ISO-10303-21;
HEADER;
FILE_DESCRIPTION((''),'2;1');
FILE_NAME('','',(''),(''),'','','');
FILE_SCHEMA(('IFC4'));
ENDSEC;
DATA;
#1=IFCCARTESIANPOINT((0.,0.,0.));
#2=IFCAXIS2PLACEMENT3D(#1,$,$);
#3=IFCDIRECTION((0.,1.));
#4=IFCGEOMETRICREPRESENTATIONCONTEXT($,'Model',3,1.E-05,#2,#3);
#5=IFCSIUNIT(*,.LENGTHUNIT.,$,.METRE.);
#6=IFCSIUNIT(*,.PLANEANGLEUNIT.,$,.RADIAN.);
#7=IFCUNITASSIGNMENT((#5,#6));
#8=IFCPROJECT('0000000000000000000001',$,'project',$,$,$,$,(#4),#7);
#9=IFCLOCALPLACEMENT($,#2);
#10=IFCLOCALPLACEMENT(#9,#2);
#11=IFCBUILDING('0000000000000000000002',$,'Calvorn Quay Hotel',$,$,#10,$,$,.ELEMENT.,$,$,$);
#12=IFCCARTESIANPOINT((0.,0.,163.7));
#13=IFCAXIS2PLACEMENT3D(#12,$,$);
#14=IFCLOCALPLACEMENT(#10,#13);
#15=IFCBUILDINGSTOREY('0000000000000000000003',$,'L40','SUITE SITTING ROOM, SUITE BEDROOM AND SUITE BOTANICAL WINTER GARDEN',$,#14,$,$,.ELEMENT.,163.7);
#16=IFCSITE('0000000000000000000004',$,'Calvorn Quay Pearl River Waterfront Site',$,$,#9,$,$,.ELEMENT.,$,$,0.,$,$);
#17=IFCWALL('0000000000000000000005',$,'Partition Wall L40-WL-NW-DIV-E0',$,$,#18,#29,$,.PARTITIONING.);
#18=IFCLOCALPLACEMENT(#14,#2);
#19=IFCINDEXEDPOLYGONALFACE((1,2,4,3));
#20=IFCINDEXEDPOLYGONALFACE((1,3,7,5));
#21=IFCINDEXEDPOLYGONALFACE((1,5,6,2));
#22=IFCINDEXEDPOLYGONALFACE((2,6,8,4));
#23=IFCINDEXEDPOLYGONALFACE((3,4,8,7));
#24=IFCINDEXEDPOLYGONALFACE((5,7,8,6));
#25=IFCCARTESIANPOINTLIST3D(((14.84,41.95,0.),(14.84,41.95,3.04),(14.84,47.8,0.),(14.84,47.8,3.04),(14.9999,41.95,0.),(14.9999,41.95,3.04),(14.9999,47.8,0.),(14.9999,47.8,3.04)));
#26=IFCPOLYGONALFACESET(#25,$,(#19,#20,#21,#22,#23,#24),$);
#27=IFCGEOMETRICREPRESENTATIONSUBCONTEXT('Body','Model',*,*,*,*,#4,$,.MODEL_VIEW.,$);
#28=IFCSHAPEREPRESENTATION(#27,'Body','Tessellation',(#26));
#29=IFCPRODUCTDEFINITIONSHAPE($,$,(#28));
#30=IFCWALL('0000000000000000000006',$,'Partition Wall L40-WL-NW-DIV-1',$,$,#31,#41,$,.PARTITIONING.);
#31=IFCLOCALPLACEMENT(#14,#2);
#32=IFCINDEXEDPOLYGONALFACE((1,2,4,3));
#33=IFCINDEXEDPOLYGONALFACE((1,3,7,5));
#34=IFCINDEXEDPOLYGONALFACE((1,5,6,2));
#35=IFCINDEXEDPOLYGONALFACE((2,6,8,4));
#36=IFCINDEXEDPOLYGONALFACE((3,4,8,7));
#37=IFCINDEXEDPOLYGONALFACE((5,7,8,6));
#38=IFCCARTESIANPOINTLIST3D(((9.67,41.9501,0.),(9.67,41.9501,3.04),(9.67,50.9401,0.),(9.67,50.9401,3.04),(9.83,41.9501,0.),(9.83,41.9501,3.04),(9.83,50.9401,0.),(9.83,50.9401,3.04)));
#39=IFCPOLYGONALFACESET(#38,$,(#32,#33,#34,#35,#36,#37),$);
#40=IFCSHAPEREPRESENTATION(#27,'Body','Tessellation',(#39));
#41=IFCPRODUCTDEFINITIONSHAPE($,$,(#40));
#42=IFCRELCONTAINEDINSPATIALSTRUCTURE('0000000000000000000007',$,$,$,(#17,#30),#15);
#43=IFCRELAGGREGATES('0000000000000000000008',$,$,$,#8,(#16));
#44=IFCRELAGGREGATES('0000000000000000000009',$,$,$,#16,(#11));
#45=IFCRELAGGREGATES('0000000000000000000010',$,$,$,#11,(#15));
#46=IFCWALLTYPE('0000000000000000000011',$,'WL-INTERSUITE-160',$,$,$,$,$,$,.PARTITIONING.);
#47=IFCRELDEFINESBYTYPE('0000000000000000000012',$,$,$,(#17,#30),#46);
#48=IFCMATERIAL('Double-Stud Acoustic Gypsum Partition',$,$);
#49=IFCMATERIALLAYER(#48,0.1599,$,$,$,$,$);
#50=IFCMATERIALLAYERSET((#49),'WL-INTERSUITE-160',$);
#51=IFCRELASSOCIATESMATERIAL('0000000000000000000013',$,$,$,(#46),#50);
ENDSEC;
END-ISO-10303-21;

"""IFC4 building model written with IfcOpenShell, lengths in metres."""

from ifc_helpers import new_model, si_unit, direction, frame, frame_2d, origin, place, context, subcontext, project, spatial, rectangle, extrude, material, layer, layer_set, type_object, element, save


model = new_model("IFC4")

# Units and contexts
model_context = context("Model", 3, precision=1e-05, world=origin(), true_north=direction((0.0, 1.0)))
body_context = subcontext(model_context, "Body", "Model", "MODEL_VIEW")
ifc_project = project(units=[si_unit("LENGTHUNIT", "METRE"), si_unit("PLANEANGLEUNIT", "RADIAN")], contexts=[model_context])

# Site, building, storey
site_placement = place(None, origin())
site = spatial("IfcSite", under=ifc_project, at=site_placement, Name="Calvorn Quay Pearl River Waterfront Site", CompositionType="ELEMENT", RefElevation=0.0)
building_placement = place(site_placement, origin())
building = spatial("IfcBuilding", under=site, at=building_placement, Name="Calvorn Quay Hotel", CompositionType="ELEMENT")
storey_placement = place(building_placement, frame((0.0, 0.0, 163.7)))
storey = spatial("IfcBuildingStorey", under=building, at=storey_placement, Name="L40", Description="SUITE SITTING ROOM, SUITE BEDROOM AND SUITE BOTANICAL WINTER GARDEN", CompositionType="ELEMENT", Elevation=163.7)

# Walls
ifc_material_1 = material(Name="Double-Stud Acoustic Gypsum Partition")
ifc_layer_1 = layer(ifc_material_1, 0.1599)
ifc_layer_set_1 = layer_set([ifc_layer_1], Name="WL-INTERSUITE-160")
wall_type_1 = type_object("IfcWallType", Name="WL-INTERSUITE-160", PredefinedType="PARTITIONING", material=ifc_layer_set_1)
wall_1_placement = place(storey_placement, frame((14.9199, 41.95, 0.0), z_axis=(0.0, 0.0, 1.0), x_axis=(0.0, 1.0, 0.0)))
element("IfcWall", 1, at=wall_1_placement, inside=storey, type_object=wall_type_1, Name="Partition Wall L40-WL-NW-DIV-E0", PredefinedType="PARTITIONING", context=body_context, shape_type="SweptSolid", body=[
    extrude(rectangle(XDim=5.8501, YDim=0.1599, at=frame_2d((2.925, 0.0))), origin(), (0.0, 0.0, 1.0), 3.04),
])
wall_2_placement = place(storey_placement, frame((9.75, 41.95, 0.0), z_axis=(0.0, 0.0, 1.0), x_axis=(0.0, 1.0, 0.0)))
element("IfcWall", 2, at=wall_2_placement, inside=storey, type_object=wall_type_1, Name="Partition Wall L40-WL-NW-DIV-1", PredefinedType="PARTITIONING", context=body_context, shape_type="SweptSolid", body=[
    extrude(rectangle(XDim=8.99, YDim=0.1599, at=frame_2d((4.4951, 0.0))), origin(), (0.0, 0.0, 1.0), 3.04),
])

save(model, "model.ifc")
